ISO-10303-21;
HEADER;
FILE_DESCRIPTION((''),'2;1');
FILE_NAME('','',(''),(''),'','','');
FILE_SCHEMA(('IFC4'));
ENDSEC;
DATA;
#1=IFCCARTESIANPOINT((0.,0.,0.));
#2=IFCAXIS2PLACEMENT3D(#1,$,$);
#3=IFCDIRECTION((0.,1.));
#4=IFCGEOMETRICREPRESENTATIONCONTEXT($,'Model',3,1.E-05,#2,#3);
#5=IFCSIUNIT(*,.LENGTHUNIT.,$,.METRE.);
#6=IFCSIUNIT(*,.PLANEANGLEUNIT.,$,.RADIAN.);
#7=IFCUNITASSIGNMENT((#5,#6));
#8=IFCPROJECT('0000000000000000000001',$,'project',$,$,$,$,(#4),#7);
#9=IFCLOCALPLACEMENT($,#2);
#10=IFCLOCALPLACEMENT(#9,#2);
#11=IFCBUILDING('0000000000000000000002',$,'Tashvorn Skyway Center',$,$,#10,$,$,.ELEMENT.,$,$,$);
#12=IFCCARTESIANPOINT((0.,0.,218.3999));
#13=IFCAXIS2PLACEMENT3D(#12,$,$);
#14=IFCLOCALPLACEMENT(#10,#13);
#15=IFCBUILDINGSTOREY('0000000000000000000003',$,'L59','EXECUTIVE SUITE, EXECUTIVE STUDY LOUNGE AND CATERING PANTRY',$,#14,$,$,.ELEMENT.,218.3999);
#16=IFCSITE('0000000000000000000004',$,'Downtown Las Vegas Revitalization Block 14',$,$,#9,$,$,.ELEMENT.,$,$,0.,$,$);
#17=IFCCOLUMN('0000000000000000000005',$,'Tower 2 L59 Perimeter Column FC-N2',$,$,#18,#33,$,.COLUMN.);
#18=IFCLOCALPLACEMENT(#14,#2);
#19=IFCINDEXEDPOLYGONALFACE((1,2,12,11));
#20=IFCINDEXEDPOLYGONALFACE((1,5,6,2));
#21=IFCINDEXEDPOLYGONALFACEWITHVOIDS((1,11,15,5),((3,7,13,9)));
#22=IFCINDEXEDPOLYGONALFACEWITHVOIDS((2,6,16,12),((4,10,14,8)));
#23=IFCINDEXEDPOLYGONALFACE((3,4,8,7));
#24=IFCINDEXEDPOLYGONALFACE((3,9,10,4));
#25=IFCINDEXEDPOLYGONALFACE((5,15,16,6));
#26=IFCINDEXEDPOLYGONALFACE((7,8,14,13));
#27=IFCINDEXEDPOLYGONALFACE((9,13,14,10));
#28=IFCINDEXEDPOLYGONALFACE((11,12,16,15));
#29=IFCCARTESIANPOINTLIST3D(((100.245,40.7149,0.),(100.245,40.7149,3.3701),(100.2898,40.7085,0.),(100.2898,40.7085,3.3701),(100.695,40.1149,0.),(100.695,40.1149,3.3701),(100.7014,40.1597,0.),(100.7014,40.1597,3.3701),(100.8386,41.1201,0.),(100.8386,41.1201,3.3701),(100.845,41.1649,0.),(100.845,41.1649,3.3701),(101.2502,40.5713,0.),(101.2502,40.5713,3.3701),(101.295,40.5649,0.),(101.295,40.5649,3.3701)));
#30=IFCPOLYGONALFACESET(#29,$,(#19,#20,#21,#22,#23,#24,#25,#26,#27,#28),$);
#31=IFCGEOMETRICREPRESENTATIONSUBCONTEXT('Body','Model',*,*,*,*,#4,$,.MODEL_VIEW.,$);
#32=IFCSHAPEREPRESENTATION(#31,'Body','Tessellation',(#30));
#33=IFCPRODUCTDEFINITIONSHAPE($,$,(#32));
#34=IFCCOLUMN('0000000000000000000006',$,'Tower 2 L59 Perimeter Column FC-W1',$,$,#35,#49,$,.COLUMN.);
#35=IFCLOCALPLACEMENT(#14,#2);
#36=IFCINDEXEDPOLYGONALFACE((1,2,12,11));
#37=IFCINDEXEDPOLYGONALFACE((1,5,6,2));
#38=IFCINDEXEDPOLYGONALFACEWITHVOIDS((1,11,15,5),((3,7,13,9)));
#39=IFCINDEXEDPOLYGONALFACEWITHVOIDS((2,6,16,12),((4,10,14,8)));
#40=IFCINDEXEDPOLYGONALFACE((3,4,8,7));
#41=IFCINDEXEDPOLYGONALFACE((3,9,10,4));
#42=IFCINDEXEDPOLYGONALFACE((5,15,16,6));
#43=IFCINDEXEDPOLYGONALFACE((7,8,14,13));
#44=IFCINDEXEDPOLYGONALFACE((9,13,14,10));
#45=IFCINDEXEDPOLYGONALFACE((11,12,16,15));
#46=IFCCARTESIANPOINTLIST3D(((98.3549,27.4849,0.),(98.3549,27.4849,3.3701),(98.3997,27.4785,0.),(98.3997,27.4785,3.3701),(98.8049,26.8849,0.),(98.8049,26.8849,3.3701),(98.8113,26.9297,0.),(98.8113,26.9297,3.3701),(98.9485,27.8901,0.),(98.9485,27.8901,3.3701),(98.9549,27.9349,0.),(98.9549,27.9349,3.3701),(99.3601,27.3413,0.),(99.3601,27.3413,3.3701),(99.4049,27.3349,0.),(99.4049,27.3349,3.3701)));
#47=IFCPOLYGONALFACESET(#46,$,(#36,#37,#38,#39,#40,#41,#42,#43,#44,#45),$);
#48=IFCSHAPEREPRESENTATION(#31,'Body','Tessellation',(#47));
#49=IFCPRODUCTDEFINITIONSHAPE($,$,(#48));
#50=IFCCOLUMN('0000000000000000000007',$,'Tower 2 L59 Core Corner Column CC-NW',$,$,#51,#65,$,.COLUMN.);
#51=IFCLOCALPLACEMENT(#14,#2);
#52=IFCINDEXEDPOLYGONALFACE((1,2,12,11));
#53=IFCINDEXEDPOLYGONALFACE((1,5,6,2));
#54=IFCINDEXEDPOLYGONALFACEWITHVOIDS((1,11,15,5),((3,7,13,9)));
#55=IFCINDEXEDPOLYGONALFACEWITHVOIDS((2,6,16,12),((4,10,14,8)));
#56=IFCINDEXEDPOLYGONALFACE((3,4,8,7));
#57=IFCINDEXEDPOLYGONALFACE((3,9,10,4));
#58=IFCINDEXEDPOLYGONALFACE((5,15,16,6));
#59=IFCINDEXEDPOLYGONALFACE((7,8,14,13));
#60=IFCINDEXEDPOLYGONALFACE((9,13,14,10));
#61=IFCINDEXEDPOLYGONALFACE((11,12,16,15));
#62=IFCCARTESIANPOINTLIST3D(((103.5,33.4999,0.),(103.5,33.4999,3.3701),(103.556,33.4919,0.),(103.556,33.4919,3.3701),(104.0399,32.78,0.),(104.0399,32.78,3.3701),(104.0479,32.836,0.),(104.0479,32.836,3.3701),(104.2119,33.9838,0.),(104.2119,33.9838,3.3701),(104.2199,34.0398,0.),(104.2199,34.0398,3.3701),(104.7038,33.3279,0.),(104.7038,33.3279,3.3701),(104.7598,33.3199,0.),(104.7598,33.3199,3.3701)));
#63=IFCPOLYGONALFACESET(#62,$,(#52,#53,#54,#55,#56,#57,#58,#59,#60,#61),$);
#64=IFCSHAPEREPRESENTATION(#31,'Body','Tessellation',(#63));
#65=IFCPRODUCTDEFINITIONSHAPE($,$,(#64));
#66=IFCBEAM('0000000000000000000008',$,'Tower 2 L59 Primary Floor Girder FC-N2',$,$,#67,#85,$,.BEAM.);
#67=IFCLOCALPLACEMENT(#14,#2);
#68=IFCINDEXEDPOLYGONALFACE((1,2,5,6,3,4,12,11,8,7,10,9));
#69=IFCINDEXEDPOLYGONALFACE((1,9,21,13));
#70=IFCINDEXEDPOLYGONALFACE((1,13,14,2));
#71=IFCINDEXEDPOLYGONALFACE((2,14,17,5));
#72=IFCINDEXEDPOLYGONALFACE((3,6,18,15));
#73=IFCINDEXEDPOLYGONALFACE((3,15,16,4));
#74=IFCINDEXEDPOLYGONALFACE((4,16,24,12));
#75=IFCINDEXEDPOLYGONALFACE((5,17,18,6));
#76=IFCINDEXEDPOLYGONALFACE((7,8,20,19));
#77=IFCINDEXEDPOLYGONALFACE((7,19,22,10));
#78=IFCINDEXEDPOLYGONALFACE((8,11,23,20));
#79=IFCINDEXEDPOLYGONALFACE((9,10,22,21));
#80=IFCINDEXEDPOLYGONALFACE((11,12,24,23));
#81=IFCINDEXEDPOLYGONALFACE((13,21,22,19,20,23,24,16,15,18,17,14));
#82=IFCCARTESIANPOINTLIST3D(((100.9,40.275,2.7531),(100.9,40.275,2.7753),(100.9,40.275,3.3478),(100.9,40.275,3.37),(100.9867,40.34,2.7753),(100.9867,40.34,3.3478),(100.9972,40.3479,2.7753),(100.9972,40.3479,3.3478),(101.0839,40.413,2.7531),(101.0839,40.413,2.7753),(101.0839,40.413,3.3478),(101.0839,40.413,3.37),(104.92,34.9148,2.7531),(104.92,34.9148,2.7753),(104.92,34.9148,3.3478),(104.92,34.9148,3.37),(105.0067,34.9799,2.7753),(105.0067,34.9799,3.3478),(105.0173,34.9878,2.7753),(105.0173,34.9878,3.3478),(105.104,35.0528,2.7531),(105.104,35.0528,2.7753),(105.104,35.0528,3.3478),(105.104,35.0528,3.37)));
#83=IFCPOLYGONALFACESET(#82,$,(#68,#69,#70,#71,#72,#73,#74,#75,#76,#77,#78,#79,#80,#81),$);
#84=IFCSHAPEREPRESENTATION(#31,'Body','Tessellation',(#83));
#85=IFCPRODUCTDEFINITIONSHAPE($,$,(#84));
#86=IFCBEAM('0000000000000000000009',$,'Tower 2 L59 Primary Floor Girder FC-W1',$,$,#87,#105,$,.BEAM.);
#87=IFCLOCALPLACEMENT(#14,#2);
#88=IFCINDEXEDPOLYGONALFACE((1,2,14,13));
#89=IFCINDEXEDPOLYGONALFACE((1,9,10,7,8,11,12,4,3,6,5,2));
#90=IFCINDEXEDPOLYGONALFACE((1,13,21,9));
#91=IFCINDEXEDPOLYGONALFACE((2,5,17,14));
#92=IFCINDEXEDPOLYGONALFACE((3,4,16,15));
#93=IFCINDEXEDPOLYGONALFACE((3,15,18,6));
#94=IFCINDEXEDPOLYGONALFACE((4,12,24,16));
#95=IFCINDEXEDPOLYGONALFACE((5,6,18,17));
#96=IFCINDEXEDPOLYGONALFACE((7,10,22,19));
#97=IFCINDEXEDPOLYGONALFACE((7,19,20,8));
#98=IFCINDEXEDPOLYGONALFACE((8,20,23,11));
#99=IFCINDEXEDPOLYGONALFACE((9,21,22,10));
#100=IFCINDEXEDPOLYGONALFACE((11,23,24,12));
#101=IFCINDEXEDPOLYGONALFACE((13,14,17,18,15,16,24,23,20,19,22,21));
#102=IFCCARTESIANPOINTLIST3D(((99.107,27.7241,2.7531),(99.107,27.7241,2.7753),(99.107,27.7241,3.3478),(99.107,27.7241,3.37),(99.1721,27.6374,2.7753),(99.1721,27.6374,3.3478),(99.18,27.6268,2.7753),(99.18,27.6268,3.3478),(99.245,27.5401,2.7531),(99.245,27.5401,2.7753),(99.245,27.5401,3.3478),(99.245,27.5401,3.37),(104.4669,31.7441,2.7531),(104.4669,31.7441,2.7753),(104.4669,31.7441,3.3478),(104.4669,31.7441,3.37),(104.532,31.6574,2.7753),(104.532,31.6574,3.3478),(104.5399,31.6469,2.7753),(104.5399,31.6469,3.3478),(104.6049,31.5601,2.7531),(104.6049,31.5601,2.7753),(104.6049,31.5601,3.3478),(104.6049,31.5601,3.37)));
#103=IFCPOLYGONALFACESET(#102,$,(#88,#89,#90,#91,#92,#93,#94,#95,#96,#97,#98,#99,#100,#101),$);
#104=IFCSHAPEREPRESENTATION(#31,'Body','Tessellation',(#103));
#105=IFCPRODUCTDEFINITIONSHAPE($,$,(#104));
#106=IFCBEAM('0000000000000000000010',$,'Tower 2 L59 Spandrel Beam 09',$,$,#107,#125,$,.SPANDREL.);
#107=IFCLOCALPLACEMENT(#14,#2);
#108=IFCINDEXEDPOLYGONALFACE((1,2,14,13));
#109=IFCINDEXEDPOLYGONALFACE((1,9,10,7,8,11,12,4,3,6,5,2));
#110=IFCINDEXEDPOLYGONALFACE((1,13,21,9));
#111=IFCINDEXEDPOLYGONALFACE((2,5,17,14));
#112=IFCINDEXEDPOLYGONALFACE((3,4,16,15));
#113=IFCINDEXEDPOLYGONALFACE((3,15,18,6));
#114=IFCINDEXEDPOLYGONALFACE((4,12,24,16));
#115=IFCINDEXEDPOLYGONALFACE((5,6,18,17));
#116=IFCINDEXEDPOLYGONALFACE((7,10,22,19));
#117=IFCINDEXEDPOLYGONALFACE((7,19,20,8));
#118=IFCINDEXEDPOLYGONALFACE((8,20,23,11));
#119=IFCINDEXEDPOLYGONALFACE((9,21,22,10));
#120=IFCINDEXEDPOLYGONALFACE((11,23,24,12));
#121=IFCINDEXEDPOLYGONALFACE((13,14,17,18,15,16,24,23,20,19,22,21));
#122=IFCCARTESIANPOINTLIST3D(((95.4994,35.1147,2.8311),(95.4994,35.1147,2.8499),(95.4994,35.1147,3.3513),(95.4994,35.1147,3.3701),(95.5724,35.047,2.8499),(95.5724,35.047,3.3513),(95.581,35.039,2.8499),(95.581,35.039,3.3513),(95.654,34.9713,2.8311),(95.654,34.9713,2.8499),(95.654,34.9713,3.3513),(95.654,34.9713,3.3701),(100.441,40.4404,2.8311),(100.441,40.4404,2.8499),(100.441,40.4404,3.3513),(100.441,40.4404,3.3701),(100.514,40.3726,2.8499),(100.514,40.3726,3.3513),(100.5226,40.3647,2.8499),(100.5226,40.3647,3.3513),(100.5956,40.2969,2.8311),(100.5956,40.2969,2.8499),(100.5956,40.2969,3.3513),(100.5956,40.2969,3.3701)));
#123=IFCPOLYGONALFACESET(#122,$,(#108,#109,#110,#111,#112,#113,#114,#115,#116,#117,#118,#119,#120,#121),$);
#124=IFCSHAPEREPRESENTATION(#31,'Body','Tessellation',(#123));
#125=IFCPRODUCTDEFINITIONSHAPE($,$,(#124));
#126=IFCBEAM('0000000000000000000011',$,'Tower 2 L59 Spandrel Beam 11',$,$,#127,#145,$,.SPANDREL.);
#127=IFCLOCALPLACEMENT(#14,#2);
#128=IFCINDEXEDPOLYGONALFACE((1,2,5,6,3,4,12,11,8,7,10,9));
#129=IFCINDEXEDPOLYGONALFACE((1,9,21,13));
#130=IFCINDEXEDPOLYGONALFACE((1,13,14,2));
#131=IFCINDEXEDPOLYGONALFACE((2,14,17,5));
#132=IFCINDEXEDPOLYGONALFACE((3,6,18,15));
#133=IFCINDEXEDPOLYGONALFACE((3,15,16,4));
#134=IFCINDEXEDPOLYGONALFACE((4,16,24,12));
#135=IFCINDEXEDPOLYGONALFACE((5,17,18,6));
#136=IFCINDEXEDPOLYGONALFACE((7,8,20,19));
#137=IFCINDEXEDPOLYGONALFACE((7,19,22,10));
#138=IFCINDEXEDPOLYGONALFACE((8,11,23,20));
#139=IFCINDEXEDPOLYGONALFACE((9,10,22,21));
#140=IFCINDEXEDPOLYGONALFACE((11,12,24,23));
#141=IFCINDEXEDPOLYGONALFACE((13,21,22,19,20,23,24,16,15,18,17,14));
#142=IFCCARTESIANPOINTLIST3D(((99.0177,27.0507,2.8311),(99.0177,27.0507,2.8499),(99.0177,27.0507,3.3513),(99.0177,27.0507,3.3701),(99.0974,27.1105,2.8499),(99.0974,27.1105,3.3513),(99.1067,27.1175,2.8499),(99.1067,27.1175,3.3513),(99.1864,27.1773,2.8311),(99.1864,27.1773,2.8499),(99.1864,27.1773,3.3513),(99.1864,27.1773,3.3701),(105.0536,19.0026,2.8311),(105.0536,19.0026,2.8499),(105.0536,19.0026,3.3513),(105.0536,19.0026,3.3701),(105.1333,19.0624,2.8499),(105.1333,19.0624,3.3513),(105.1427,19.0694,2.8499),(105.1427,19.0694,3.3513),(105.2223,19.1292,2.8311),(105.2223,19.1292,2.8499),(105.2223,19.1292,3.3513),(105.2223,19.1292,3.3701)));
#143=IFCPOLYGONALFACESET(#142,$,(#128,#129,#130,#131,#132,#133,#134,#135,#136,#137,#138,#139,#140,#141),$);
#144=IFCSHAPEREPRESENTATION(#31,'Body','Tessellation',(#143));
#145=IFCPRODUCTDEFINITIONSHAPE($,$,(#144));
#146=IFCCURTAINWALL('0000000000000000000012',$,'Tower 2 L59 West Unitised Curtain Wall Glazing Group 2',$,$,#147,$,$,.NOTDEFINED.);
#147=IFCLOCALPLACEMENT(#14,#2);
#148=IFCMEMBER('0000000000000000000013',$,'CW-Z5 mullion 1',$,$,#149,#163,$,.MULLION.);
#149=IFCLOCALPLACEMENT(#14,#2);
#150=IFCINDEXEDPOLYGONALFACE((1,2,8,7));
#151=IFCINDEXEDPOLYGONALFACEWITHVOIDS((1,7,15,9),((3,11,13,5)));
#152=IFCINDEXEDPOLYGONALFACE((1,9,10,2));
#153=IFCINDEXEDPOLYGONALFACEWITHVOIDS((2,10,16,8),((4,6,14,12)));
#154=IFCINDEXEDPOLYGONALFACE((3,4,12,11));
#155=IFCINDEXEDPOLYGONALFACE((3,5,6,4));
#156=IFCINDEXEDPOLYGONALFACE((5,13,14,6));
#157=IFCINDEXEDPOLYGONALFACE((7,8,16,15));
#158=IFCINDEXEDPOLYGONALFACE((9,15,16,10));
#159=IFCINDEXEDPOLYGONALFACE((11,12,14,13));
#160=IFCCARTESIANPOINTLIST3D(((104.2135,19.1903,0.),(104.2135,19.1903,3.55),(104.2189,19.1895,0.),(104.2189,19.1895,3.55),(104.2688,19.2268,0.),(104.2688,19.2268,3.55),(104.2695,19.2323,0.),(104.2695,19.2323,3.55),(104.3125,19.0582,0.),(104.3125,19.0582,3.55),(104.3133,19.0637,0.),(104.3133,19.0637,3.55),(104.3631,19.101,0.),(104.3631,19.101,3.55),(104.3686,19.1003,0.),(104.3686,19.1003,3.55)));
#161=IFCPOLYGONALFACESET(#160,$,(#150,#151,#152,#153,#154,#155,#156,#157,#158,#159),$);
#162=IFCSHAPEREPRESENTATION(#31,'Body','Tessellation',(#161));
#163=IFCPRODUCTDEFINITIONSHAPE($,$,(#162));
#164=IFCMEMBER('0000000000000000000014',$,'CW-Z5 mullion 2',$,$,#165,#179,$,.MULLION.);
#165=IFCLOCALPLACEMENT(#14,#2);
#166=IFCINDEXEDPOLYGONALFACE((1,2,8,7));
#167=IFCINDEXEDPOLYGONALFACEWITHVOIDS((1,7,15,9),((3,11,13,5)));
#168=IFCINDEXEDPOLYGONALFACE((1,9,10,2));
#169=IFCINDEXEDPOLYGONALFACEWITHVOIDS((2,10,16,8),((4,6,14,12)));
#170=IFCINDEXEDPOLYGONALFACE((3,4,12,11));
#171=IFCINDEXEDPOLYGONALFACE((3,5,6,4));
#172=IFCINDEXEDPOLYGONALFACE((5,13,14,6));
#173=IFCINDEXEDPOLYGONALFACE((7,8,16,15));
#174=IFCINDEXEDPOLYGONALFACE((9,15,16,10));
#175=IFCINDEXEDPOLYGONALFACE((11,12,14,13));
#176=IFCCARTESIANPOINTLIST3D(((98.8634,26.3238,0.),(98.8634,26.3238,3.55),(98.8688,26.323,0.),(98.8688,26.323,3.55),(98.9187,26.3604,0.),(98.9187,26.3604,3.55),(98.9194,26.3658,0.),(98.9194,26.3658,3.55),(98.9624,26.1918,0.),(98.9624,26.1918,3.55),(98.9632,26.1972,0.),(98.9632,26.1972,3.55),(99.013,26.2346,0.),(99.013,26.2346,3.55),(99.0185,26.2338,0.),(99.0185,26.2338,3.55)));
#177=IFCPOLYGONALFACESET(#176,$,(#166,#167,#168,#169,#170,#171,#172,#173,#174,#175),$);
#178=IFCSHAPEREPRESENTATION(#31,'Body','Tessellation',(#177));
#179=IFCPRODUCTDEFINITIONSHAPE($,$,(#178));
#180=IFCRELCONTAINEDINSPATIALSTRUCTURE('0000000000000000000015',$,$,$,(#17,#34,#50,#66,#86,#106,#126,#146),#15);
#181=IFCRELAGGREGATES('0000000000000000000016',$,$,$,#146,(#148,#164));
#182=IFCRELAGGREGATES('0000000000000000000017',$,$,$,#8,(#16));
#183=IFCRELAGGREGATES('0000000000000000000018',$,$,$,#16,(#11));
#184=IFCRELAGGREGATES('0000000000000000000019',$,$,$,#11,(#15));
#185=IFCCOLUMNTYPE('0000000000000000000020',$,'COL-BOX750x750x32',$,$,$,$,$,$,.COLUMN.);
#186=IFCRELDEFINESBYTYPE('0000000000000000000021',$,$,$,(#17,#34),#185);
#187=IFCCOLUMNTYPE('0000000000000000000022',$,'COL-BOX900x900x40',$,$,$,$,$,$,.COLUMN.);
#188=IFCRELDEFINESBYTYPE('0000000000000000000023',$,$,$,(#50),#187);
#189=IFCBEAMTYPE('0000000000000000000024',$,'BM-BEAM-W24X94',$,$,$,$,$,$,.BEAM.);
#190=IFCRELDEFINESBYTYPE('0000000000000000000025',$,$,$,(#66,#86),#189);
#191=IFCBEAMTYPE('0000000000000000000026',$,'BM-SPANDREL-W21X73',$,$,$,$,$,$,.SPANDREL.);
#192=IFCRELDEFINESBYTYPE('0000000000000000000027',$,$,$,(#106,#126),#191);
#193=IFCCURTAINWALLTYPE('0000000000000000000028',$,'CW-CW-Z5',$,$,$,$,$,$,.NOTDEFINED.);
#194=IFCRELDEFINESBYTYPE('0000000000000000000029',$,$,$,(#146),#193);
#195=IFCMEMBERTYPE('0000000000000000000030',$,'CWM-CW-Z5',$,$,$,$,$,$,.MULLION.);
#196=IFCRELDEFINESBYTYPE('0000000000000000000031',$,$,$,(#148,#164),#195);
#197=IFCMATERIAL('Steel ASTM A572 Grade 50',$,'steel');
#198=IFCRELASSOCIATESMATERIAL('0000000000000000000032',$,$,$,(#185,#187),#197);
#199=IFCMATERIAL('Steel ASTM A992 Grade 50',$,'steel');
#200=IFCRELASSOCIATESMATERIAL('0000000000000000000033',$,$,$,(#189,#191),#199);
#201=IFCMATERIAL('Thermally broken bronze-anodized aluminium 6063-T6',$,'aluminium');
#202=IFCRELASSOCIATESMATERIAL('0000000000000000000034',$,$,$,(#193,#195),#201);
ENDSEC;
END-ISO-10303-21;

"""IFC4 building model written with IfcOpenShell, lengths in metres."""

from ifc_helpers import new_model, si_unit, direction, frame, origin, origin_2d, place, context, subcontext, project, spatial, hollow_rectangle, i_section, extrude, material, material_profile, profile_set, type_object, element, aggregate, save


model = new_model("IFC4")

# Units and contexts
model_context = context("Model", 3, precision=1e-05, world=origin(), true_north=direction((0.0, 1.0)))
body_context = subcontext(model_context, "Body", "Model", "MODEL_VIEW")
ifc_project = project(units=[si_unit("LENGTHUNIT", "METRE"), si_unit("PLANEANGLEUNIT", "RADIAN")], contexts=[model_context])

# Site, building, storey
site_placement = place(None, origin())
site = spatial("IfcSite", under=ifc_project, at=site_placement, Name="Downtown Las Vegas Revitalization Block 14", CompositionType="ELEMENT", RefElevation=0.0)
building_placement = place(site_placement, origin())
building = spatial("IfcBuilding", under=site, at=building_placement, Name="Tashvorn Skyway Center", CompositionType="ELEMENT")
storey_placement = place(building_placement, frame((0.0, 0.0, 218.3999)))
storey = spatial("IfcBuildingStorey", under=building, at=storey_placement, Name="L59", Description="EXECUTIVE SUITE, EXECUTIVE STUDY LOUNGE AND CATERING PANTRY", CompositionType="ELEMENT", Elevation=218.3999)

# Columns
ifc_material_1 = material(Name="Steel ASTM A572 Grade 50", Category="steel")
ifc_material_profile_1 = material_profile(ifc_material_1, hollow_rectangle(XDim=0.75, YDim=0.75, WallThickness=0.032, at=origin_2d()), Name="BOX750x750x32")
ifc_profile_set_1 = profile_set([ifc_material_profile_1], Name="Steel ASTM A572 Grade 50")
column_type_1 = type_object("IfcColumnType", Name="COL-BOX750x750x32", PredefinedType="COLUMN", material=ifc_profile_set_1)
for number, where, z_axis, x_axis, name in (
    (1, (100.77, 40.6399, 0.0), (0.0, 0.0, 1.0), (0.8, 0.6, 0.0), "Tower 2 L59 Perimeter Column FC-N2"),
    (2, (98.8799, 27.4099, 0.0), (0.0, 0.0, 1.0), (0.8, 0.6, 0.0), "Tower 2 L59 Perimeter Column FC-W1"),
):
    element("IfcColumn", number, at=place(storey_placement, frame(where, z_axis=z_axis, x_axis=x_axis)), inside=storey, type_object=column_type_1, Name=name, PredefinedType="COLUMN", context=body_context, shape_type="SweptSolid", body=[
        extrude(hollow_rectangle(XDim=0.75, YDim=0.75, WallThickness=0.032, at=origin_2d()), origin(), (0.0, 0.0, 1.0), 3.3701),
    ])
ifc_material_profile_2 = material_profile(ifc_material_1, hollow_rectangle(XDim=0.8999, YDim=0.8999, WallThickness=0.04, at=origin_2d()), Name="BOX900x900x40")
ifc_profile_set_2 = profile_set([ifc_material_profile_2], Name="Steel ASTM A572 Grade 50")
column_type_2 = type_object("IfcColumnType", Name="COL-BOX900x900x40", PredefinedType="COLUMN", material=ifc_profile_set_2)
column_placement = place(storey_placement, frame((104.1299, 33.4099, 0.0), z_axis=(0.0, 0.0, 1.0), x_axis=(0.8, 0.6, 0.0)))
element("IfcColumn", 3, at=column_placement, inside=storey, type_object=column_type_2, Name="Tower 2 L59 Core Corner Column CC-NW", PredefinedType="COLUMN", context=body_context, shape_type="SweptSolid", body=[
    extrude(hollow_rectangle(XDim=0.8999, YDim=0.8999, WallThickness=0.04, at=origin_2d()), origin(), (0.0, 0.0, 1.0), 3.3701),
])

# Beams
ifc_material_2 = material(Name="Steel ASTM A992 Grade 50", Category="steel")
ifc_material_profile_3 = material_profile(ifc_material_2, i_section(OverallWidth=0.23, OverallDepth=0.6169, WebThickness=0.0132, FlangeThickness=0.0222, at=origin_2d()), Name="W24X94")
ifc_profile_set_3 = profile_set([ifc_material_profile_3], Name="Steel ASTM A992 Grade 50")
beam_type_1 = type_object("IfcBeamType", Name="BM-BEAM-W24X94", PredefinedType="BEAM", material=ifc_profile_set_3)
beam_1_placement = place(storey_placement, frame((100.9919, 40.344, 3.0615), z_axis=(0.599994, -0.800004, 0.0), x_axis=(0.800004, 0.599994, 0.0)))
element("IfcBeam", 4, at=beam_1_placement, inside=storey, type_object=beam_type_1, Name="Tower 2 L59 Primary Floor Girder FC-N2", PredefinedType="BEAM", context=body_context, shape_type="SweptSolid", body=[
    extrude(i_section(OverallWidth=0.23, OverallDepth=0.6169, WebThickness=0.0132, FlangeThickness=0.0222, at=origin_2d()), origin(), (0.0, 0.0, 1.0), 6.7002),
])
beam_2_placement = place(storey_placement, frame((99.176, 27.6321, 3.0615), z_axis=(0.799991, 0.600012, 0.0), x_axis=(-0.600012, 0.799991, 0.0)))
element("IfcBeam", 5, at=beam_2_placement, inside=storey, type_object=beam_type_1, Name="Tower 2 L59 Primary Floor Girder FC-W1", PredefinedType="BEAM", context=body_context, shape_type="SweptSolid", body=[
    extrude(i_section(OverallWidth=0.23, OverallDepth=0.6169, WebThickness=0.0132, FlangeThickness=0.0222, at=origin_2d()), origin(), (0.0, 0.0, 1.0), 6.7),
])
ifc_material_profile_4 = material_profile(ifc_material_2, i_section(OverallWidth=0.2109, OverallDepth=0.5391, WebThickness=0.0117, FlangeThickness=0.0188, at=origin_2d()), Name="W21X73")
ifc_profile_set_4 = profile_set([ifc_material_profile_4], Name="Steel ASTM A992 Grade 50")
beam_type_2 = type_object("IfcBeamType", Name="BM-SPANDREL-W21X73", PredefinedType="SPANDREL", material=ifc_profile_set_4)
beam_3_placement = place(storey_placement, frame((100.5183, 40.3687, 3.1006), z_axis=(-0.680183, -0.733042, 0.0), x_axis=(0.733042, -0.680183, 0.0)))
element("IfcBeam", 6, at=beam_3_placement, inside=storey, type_object=beam_type_2, Name="Tower 2 L59 Spandrel Beam 09", PredefinedType="SPANDREL", context=body_context, shape_type="SweptSolid", body=[
    extrude(i_section(OverallWidth=0.2109, OverallDepth=0.5391, WebThickness=0.0117, FlangeThickness=0.0188, at=origin_2d()), origin(), (0.0, 0.0, 1.0), 7.2651),
])
beam_4_placement = place(storey_placement, frame((99.1021, 27.114, 3.1006), z_axis=(0.599988, -0.800009, 0.0), x_axis=(0.800009, 0.599988, 0.0)))
element("IfcBeam", 7, at=beam_4_placement, inside=storey, type_object=beam_type_2, Name="Tower 2 L59 Spandrel Beam 11", PredefinedType="SPANDREL", context=body_context, shape_type="SweptSolid", body=[
    extrude(i_section(OverallWidth=0.2109, OverallDepth=0.5391, WebThickness=0.0117, FlangeThickness=0.0188, at=origin_2d()), origin(), (0.0, 0.0, 1.0), 10.0601),
])

# Curtain wall, members
ifc_material_3 = material(Name="Thermally broken bronze-anodized aluminium 6063-T6", Category="aluminium")
curtain_wall_type = type_object("IfcCurtainWallType", Name="CW-CW-Z5", PredefinedType="NOTDEFINED", material=ifc_material_3)
curtain_wall_1_placement = place(storey_placement, origin())
curtain_wall_1 = element("IfcCurtainWall", 8, at=curtain_wall_1_placement, inside=storey, type_object=curtain_wall_type, Name="Tower 2 L59 West Unitised Curtain Wall Glazing Group 2", PredefinedType="NOTDEFINED")
ifc_material_profile_5 = material_profile(ifc_material_3, hollow_rectangle(XDim=0.0701, YDim=0.165, WallThickness=0.0039, at=origin_2d()), Name="ALU-MULL-70x165")
ifc_profile_set_5 = profile_set([ifc_material_profile_5], Name="Thermally broken bronze-anodized aluminium 6063-T6")
member_type_1 = type_object("IfcMemberType", Name="CWM-CW-Z5", PredefinedType="MULLION", material=ifc_profile_set_5)
member_1_placement = place(storey_placement, frame((104.291, 19.1453, 0.0), z_axis=(0.0, 0.0, 1.0), x_axis=(-0.800003, -0.599996, 0.0)))
member_1 = element("IfcMember", 9, at=member_1_placement, type_object=member_type_1, Name="CW-Z5 mullion 1", PredefinedType="MULLION", context=body_context, shape_type="SweptSolid", body=[
    extrude(hollow_rectangle(XDim=0.0701, YDim=0.165, WallThickness=0.0039, at=origin_2d()), origin(), (0.0, 0.0, 1.0), 3.55),
])
member_2_placement = place(storey_placement, frame((98.9409, 26.2788, 0.0), z_axis=(0.0, 0.0, 1.0), x_axis=(-0.800003, -0.599996, 0.0)))
member_2 = element("IfcMember", 10, at=member_2_placement, type_object=member_type_1, Name="CW-Z5 mullion 2", PredefinedType="MULLION", context=body_context, shape_type="SweptSolid", body=[
    extrude(hollow_rectangle(XDim=0.0701, YDim=0.165, WallThickness=0.0039, at=origin_2d()), origin(), (0.0, 0.0, 1.0), 3.55),
])

aggregate(curtain_wall_1, [member_1, member_2])

save(model, "model.ifc")
